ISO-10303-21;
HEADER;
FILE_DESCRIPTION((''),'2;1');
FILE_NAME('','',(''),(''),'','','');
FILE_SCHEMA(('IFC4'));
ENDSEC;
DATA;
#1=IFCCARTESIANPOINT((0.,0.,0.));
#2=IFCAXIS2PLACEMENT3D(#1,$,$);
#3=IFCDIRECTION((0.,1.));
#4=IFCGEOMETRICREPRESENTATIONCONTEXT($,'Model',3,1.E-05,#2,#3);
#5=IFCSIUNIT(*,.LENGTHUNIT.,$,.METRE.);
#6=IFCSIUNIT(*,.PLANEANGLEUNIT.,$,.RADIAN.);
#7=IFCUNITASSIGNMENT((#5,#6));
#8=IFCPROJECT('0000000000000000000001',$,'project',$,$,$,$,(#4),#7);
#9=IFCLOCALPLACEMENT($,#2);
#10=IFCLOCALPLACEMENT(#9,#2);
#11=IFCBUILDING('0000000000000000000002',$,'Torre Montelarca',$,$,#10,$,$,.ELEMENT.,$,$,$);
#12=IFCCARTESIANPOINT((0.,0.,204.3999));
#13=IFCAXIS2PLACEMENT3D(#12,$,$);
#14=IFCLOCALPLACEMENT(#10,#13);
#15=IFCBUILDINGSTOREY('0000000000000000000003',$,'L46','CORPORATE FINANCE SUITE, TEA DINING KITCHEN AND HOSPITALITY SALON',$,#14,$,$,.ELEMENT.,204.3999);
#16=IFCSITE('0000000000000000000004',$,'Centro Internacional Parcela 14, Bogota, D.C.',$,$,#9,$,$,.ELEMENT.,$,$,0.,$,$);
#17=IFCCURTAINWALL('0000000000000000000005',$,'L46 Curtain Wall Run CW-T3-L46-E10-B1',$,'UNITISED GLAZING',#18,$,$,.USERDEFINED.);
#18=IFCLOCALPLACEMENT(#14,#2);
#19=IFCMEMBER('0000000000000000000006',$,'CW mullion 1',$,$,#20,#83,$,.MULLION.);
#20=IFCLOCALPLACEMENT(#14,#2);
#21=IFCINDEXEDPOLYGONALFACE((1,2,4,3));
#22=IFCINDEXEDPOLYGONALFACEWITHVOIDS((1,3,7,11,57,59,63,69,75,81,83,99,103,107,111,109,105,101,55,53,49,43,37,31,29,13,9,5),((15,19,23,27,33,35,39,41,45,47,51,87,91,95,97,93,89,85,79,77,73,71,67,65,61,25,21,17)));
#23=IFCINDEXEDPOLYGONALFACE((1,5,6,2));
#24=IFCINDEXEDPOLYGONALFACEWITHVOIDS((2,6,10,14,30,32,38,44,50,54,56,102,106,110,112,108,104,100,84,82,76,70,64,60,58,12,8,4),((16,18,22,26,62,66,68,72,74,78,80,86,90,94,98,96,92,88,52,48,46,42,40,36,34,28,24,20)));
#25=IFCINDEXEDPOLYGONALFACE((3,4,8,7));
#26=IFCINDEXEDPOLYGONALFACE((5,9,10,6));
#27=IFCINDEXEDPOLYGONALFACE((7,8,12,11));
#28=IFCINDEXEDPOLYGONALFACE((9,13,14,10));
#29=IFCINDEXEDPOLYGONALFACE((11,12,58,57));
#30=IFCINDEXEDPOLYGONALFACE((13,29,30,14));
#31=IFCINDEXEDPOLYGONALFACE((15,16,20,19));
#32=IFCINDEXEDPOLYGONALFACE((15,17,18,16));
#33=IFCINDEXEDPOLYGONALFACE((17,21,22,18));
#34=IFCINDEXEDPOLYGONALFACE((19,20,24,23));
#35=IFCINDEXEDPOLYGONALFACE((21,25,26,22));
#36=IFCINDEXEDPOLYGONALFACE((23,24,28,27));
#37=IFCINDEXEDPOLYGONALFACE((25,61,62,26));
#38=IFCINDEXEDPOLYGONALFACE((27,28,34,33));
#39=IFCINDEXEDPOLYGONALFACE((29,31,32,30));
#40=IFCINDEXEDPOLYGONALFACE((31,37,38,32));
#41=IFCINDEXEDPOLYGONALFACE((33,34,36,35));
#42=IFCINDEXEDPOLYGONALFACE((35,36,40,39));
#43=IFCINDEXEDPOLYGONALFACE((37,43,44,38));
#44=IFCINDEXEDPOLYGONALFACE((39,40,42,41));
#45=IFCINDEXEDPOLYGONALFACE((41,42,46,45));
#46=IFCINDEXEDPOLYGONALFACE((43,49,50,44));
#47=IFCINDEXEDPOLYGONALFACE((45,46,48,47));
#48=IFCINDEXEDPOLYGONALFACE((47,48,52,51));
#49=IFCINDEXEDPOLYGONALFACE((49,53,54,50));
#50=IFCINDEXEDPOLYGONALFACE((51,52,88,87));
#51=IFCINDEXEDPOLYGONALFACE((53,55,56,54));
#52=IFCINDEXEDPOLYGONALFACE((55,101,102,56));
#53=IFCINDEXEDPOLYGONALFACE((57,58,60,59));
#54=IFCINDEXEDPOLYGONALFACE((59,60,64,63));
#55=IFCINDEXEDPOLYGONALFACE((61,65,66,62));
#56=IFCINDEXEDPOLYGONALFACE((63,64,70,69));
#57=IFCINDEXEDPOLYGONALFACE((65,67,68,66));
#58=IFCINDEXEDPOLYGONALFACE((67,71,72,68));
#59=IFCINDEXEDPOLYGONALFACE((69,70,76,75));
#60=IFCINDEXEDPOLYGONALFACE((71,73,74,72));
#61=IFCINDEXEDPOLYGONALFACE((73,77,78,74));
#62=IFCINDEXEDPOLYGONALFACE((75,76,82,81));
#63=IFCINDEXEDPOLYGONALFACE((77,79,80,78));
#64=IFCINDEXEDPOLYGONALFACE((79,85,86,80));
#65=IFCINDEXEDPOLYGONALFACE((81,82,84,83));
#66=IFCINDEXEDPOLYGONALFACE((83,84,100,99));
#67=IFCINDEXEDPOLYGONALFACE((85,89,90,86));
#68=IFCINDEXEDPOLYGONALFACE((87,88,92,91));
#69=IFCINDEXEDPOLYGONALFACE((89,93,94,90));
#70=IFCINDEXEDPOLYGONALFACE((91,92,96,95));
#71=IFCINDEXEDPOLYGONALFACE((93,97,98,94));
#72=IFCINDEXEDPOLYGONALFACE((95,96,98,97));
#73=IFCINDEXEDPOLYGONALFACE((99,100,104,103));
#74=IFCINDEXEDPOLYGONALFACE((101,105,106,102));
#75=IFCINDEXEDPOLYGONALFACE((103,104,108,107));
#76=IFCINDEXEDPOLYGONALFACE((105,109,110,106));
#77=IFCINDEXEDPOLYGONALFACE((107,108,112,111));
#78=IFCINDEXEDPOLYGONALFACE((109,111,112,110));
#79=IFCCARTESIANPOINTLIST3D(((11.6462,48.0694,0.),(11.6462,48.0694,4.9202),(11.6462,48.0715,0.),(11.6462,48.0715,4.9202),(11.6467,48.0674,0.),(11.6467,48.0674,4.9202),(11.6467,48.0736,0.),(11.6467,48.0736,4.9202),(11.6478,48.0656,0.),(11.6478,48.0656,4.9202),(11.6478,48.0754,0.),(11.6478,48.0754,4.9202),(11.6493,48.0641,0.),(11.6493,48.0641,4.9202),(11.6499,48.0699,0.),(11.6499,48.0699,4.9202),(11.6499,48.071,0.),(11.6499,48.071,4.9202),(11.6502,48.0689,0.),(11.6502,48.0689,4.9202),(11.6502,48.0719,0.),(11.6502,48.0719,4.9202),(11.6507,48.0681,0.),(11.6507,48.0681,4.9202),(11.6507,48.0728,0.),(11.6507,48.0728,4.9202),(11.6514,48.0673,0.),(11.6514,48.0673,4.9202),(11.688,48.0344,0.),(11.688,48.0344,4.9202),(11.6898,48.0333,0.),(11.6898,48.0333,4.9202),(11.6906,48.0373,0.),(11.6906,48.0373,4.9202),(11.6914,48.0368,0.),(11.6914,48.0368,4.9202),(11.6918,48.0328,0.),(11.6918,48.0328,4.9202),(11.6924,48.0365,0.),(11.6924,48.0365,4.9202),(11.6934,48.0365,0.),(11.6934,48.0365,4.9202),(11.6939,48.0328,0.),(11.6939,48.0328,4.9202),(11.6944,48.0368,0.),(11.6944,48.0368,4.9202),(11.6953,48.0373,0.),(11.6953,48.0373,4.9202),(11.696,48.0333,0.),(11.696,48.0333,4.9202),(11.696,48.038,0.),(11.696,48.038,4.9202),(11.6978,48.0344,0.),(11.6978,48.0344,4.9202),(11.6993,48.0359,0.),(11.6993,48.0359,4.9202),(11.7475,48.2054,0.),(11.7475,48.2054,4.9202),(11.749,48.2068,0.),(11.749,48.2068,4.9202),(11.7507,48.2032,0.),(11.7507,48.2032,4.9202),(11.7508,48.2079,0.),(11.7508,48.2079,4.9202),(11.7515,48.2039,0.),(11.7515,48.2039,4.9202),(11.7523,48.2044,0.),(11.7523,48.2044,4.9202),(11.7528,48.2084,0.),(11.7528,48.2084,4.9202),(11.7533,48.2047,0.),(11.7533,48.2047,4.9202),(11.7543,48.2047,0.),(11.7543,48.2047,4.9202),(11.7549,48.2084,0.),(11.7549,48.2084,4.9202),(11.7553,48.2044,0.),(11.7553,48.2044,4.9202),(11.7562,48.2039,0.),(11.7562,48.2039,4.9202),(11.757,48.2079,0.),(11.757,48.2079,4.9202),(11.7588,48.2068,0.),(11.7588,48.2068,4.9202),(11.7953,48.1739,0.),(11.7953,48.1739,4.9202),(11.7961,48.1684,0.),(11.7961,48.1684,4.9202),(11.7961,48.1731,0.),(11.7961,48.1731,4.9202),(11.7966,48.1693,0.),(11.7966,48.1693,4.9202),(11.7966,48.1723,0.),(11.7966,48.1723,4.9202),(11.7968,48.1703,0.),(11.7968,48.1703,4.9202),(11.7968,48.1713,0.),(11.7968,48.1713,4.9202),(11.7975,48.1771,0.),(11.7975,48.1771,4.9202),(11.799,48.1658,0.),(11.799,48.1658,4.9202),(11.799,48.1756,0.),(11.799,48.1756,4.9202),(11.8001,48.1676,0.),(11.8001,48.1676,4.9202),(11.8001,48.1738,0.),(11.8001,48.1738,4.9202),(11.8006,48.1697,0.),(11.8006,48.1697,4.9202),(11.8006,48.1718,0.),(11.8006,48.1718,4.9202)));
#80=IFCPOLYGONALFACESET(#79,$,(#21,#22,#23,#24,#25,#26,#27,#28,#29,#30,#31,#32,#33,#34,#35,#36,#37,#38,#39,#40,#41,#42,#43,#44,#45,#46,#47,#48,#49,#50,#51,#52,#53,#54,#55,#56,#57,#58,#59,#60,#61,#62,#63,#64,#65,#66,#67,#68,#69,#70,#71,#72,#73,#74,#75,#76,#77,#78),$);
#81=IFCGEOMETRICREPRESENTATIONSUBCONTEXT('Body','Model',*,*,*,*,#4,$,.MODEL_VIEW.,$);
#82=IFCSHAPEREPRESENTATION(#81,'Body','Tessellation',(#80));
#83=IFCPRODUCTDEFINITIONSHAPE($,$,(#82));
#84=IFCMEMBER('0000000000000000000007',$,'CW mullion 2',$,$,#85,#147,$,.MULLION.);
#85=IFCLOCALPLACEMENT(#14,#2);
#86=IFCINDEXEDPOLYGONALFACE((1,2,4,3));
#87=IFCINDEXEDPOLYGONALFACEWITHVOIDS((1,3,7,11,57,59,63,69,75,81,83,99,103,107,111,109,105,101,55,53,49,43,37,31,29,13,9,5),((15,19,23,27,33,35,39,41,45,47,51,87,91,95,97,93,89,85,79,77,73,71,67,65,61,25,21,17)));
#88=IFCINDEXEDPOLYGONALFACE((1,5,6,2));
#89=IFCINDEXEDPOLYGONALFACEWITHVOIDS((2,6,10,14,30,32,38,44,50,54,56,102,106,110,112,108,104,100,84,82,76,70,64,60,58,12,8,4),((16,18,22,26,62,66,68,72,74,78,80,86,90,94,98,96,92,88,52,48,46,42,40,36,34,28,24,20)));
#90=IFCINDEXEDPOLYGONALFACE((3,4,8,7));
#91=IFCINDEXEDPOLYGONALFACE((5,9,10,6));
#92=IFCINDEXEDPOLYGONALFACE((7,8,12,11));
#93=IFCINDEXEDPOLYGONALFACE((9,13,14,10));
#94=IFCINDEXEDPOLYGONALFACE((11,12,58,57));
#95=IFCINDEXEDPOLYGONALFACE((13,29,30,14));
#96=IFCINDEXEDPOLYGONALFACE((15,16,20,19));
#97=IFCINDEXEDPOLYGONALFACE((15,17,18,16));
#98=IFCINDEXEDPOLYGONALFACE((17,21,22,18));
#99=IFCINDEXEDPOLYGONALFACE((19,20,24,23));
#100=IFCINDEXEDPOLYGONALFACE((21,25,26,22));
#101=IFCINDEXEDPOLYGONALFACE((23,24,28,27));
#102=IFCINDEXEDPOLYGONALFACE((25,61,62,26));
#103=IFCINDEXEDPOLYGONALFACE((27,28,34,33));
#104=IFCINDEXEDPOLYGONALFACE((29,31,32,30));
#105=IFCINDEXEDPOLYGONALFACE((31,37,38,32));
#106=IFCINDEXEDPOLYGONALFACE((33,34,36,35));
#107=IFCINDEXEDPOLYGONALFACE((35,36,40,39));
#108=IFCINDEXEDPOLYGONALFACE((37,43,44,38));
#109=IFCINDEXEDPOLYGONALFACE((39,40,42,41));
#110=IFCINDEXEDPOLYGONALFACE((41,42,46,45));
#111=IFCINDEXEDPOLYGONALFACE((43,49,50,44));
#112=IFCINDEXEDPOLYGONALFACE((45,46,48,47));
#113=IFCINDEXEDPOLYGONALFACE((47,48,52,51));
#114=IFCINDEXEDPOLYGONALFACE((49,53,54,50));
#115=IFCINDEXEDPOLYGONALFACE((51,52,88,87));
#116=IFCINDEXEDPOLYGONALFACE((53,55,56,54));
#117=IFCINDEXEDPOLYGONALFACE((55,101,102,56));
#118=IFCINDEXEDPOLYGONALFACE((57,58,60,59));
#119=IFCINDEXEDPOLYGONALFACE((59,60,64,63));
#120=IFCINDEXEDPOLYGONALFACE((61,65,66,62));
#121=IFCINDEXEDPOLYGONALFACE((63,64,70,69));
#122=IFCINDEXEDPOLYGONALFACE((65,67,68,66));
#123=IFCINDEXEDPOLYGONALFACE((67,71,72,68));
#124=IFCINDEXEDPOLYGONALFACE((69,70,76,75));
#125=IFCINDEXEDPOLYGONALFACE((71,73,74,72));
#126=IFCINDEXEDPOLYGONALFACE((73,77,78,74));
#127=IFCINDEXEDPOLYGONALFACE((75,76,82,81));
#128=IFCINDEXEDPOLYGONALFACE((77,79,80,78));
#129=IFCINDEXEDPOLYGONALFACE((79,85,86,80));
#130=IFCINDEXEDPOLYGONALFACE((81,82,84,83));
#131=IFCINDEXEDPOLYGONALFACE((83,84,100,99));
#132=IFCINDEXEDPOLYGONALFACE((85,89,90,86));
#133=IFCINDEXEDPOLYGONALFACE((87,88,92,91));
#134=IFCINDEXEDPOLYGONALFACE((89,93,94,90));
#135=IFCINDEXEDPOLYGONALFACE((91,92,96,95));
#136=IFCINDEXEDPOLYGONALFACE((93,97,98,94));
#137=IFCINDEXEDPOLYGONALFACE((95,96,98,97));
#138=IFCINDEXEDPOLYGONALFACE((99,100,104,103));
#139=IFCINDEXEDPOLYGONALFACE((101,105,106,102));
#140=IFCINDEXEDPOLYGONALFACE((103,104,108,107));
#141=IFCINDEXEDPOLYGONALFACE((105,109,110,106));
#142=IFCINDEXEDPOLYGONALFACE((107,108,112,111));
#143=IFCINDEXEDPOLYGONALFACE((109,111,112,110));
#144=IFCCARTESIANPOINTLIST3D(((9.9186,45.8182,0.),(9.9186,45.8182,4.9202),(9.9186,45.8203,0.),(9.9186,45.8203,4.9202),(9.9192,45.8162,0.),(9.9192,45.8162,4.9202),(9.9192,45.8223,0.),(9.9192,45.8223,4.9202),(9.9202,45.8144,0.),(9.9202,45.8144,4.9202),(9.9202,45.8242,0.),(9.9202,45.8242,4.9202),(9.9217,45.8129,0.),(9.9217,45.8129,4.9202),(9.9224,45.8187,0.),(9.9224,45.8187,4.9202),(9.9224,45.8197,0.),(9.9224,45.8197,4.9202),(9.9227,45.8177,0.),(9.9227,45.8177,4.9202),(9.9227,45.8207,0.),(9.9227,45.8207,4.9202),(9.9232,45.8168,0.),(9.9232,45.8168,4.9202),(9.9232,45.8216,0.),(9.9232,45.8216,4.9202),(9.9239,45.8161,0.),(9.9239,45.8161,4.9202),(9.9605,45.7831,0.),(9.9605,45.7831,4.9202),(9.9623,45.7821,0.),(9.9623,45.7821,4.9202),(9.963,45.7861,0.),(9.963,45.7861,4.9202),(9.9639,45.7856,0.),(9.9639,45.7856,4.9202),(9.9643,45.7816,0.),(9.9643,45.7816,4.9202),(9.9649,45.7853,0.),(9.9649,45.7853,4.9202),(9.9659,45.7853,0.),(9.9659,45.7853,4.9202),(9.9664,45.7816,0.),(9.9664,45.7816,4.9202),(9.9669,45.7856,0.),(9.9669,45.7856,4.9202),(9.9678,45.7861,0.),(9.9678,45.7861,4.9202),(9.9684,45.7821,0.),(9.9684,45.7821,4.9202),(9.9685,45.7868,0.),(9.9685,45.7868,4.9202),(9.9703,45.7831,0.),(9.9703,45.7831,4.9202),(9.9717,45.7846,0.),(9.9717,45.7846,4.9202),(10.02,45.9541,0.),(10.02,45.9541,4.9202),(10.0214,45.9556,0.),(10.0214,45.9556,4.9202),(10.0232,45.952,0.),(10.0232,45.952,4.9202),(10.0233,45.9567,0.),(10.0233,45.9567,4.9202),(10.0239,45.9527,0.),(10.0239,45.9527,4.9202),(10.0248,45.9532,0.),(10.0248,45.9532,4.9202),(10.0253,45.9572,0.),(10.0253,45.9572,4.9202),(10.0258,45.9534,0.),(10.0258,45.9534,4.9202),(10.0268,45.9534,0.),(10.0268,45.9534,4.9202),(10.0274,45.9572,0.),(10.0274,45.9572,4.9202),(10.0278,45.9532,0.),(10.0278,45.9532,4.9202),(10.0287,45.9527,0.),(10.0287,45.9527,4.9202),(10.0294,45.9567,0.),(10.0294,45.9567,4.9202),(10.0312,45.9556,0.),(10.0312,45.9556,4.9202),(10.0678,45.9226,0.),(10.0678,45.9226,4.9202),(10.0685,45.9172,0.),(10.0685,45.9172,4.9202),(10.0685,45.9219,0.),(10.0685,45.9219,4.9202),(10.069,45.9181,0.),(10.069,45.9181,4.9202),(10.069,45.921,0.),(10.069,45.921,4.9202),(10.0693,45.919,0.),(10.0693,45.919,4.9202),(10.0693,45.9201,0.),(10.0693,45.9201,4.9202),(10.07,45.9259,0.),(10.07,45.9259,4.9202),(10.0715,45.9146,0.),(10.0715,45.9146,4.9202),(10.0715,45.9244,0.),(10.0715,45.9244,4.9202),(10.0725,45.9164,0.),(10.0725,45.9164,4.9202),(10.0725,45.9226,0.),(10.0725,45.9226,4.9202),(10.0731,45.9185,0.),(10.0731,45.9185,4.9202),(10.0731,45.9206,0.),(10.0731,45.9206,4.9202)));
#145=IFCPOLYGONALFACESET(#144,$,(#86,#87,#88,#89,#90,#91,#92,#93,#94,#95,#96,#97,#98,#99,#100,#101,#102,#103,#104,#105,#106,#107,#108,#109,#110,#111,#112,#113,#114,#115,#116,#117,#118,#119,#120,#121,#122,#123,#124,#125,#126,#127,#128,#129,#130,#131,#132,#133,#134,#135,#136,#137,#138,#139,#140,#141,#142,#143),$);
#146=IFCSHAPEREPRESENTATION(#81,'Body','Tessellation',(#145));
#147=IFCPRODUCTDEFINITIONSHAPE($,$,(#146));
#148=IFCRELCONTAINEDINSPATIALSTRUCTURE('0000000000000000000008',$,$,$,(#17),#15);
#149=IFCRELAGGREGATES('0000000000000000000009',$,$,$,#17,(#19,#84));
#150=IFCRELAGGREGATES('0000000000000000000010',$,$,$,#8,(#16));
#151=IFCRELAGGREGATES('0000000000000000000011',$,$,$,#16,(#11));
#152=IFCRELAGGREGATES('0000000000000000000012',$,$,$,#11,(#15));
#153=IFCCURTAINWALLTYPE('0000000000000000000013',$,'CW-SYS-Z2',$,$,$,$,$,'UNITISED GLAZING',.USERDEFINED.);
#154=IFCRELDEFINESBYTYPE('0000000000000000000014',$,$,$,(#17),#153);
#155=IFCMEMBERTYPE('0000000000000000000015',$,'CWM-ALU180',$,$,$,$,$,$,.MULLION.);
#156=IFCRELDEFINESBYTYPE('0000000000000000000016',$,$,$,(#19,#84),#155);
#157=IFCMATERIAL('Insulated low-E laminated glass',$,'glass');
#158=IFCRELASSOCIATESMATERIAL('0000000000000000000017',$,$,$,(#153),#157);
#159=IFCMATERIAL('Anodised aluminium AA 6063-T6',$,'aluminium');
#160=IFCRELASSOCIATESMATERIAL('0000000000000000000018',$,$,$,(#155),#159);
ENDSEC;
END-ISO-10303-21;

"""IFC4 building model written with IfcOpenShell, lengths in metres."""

from ifc_helpers import new_model, si_unit, direction, frame, origin, origin_2d, place, context, subcontext, project, spatial, hollow_rectangle, extrude, source, transform, mapped, material, material_profile, profile_set, type_object, element, aggregate, save


model = new_model("IFC4")

# Units and contexts
model_context = context("Model", 3, precision=1e-05, world=origin(), true_north=direction((0.0, 1.0)))
body_context = subcontext(model_context, "Body", "Model", "MODEL_VIEW")
ifc_project = project(units=[si_unit("LENGTHUNIT", "METRE"), si_unit("PLANEANGLEUNIT", "RADIAN")], contexts=[model_context])

# Site, building, storey
site_placement = place(None, origin())
site = spatial("IfcSite", under=ifc_project, at=site_placement, Name="Centro Internacional Parcela 14, Bogota, D.C.", CompositionType="ELEMENT", RefElevation=0.0)
building_placement = place(site_placement, origin())
building = spatial("IfcBuilding", under=site, at=building_placement, Name="Torre Montelarca", CompositionType="ELEMENT")
storey_placement = place(building_placement, frame((0.0, 0.0, 204.3999)))
storey = spatial("IfcBuildingStorey", under=building, at=storey_placement, Name="L46", Description="CORPORATE FINANCE SUITE, TEA DINING KITCHEN AND HOSPITALITY SALON", CompositionType="ELEMENT", Elevation=204.3999)

# Curtain wall
ifc_material_1 = material(Name="Insulated low-E laminated glass", Category="glass")
curtain_wall_type = type_object("IfcCurtainWallType", Name="CW-SYS-Z2", ElementType="UNITISED GLAZING", PredefinedType="USERDEFINED", material=ifc_material_1)
ifc_material_2 = material(Name="Anodised aluminium AA 6063-T6", Category="aluminium")
curtain_wall_1_placement = place(storey_placement, origin())
curtain_wall_1 = element("IfcCurtainWall", 1, at=curtain_wall_1_placement, inside=storey, type_object=curtain_wall_type, Name="L46 Curtain Wall Run CW-T3-L46-E10-B1", ObjectType="UNITISED GLAZING", PredefinedType="USERDEFINED")

# Members
ifc_material_profile_1 = material_profile(ifc_material_2, hollow_rectangle(XDim=0.0649, YDim=0.1799, WallThickness=0.0039, InnerFilletRadius=0.0039, OuterFilletRadius=0.0081, at=origin_2d()), Name="ALU65X180X4", Category="aluminium")
ifc_profile_set_1 = profile_set([ifc_material_profile_1], Name="Anodised aluminium AA 6063-T6")
member_type_1 = type_object("IfcMemberType", Name="CWM-ALU180", PredefinedType="MULLION", material=ifc_profile_set_1)
shared_shape_1 = source(origin(), body_context, "Body", "SweptSolid", [
    extrude(hollow_rectangle(XDim=0.0649, YDim=0.1799, WallThickness=0.0039, InnerFilletRadius=0.0039, OuterFilletRadius=0.0081, at=origin_2d()), origin(), (0.0, 0.0, 1.0), 4.9202),
])
member_1_placement = place(storey_placement, frame((11.7234, 48.1206, 0.0), z_axis=(0.0, 0.0, 1.0), x_axis=(0.793347, -0.608769, 0.0)))
member_1 = element("IfcMember", 2, at=member_1_placement, type_object=member_type_1, Name="CW mullion 1", PredefinedType="MULLION", context=body_context, shape_type="MappedRepresentation", body=[
    mapped(shared_shape_1, transform((0.0, 0.0, 0.0), scale=1.0)),
])
member_2_placement = place(storey_placement, frame((9.9958, 45.8694, 0.0), z_axis=(0.0, 0.0, 1.0), x_axis=(0.793347, -0.608769, 0.0)))
member_2 = element("IfcMember", 3, at=member_2_placement, type_object=member_type_1, Name="CW mullion 2", PredefinedType="MULLION", context=body_context, shape_type="MappedRepresentation", body=[
    mapped(shared_shape_1, transform((0.0, 0.0, 0.0), scale=1.0)),
])

aggregate(curtain_wall_1, [member_1, member_2])

save(model, "model.ifc")
